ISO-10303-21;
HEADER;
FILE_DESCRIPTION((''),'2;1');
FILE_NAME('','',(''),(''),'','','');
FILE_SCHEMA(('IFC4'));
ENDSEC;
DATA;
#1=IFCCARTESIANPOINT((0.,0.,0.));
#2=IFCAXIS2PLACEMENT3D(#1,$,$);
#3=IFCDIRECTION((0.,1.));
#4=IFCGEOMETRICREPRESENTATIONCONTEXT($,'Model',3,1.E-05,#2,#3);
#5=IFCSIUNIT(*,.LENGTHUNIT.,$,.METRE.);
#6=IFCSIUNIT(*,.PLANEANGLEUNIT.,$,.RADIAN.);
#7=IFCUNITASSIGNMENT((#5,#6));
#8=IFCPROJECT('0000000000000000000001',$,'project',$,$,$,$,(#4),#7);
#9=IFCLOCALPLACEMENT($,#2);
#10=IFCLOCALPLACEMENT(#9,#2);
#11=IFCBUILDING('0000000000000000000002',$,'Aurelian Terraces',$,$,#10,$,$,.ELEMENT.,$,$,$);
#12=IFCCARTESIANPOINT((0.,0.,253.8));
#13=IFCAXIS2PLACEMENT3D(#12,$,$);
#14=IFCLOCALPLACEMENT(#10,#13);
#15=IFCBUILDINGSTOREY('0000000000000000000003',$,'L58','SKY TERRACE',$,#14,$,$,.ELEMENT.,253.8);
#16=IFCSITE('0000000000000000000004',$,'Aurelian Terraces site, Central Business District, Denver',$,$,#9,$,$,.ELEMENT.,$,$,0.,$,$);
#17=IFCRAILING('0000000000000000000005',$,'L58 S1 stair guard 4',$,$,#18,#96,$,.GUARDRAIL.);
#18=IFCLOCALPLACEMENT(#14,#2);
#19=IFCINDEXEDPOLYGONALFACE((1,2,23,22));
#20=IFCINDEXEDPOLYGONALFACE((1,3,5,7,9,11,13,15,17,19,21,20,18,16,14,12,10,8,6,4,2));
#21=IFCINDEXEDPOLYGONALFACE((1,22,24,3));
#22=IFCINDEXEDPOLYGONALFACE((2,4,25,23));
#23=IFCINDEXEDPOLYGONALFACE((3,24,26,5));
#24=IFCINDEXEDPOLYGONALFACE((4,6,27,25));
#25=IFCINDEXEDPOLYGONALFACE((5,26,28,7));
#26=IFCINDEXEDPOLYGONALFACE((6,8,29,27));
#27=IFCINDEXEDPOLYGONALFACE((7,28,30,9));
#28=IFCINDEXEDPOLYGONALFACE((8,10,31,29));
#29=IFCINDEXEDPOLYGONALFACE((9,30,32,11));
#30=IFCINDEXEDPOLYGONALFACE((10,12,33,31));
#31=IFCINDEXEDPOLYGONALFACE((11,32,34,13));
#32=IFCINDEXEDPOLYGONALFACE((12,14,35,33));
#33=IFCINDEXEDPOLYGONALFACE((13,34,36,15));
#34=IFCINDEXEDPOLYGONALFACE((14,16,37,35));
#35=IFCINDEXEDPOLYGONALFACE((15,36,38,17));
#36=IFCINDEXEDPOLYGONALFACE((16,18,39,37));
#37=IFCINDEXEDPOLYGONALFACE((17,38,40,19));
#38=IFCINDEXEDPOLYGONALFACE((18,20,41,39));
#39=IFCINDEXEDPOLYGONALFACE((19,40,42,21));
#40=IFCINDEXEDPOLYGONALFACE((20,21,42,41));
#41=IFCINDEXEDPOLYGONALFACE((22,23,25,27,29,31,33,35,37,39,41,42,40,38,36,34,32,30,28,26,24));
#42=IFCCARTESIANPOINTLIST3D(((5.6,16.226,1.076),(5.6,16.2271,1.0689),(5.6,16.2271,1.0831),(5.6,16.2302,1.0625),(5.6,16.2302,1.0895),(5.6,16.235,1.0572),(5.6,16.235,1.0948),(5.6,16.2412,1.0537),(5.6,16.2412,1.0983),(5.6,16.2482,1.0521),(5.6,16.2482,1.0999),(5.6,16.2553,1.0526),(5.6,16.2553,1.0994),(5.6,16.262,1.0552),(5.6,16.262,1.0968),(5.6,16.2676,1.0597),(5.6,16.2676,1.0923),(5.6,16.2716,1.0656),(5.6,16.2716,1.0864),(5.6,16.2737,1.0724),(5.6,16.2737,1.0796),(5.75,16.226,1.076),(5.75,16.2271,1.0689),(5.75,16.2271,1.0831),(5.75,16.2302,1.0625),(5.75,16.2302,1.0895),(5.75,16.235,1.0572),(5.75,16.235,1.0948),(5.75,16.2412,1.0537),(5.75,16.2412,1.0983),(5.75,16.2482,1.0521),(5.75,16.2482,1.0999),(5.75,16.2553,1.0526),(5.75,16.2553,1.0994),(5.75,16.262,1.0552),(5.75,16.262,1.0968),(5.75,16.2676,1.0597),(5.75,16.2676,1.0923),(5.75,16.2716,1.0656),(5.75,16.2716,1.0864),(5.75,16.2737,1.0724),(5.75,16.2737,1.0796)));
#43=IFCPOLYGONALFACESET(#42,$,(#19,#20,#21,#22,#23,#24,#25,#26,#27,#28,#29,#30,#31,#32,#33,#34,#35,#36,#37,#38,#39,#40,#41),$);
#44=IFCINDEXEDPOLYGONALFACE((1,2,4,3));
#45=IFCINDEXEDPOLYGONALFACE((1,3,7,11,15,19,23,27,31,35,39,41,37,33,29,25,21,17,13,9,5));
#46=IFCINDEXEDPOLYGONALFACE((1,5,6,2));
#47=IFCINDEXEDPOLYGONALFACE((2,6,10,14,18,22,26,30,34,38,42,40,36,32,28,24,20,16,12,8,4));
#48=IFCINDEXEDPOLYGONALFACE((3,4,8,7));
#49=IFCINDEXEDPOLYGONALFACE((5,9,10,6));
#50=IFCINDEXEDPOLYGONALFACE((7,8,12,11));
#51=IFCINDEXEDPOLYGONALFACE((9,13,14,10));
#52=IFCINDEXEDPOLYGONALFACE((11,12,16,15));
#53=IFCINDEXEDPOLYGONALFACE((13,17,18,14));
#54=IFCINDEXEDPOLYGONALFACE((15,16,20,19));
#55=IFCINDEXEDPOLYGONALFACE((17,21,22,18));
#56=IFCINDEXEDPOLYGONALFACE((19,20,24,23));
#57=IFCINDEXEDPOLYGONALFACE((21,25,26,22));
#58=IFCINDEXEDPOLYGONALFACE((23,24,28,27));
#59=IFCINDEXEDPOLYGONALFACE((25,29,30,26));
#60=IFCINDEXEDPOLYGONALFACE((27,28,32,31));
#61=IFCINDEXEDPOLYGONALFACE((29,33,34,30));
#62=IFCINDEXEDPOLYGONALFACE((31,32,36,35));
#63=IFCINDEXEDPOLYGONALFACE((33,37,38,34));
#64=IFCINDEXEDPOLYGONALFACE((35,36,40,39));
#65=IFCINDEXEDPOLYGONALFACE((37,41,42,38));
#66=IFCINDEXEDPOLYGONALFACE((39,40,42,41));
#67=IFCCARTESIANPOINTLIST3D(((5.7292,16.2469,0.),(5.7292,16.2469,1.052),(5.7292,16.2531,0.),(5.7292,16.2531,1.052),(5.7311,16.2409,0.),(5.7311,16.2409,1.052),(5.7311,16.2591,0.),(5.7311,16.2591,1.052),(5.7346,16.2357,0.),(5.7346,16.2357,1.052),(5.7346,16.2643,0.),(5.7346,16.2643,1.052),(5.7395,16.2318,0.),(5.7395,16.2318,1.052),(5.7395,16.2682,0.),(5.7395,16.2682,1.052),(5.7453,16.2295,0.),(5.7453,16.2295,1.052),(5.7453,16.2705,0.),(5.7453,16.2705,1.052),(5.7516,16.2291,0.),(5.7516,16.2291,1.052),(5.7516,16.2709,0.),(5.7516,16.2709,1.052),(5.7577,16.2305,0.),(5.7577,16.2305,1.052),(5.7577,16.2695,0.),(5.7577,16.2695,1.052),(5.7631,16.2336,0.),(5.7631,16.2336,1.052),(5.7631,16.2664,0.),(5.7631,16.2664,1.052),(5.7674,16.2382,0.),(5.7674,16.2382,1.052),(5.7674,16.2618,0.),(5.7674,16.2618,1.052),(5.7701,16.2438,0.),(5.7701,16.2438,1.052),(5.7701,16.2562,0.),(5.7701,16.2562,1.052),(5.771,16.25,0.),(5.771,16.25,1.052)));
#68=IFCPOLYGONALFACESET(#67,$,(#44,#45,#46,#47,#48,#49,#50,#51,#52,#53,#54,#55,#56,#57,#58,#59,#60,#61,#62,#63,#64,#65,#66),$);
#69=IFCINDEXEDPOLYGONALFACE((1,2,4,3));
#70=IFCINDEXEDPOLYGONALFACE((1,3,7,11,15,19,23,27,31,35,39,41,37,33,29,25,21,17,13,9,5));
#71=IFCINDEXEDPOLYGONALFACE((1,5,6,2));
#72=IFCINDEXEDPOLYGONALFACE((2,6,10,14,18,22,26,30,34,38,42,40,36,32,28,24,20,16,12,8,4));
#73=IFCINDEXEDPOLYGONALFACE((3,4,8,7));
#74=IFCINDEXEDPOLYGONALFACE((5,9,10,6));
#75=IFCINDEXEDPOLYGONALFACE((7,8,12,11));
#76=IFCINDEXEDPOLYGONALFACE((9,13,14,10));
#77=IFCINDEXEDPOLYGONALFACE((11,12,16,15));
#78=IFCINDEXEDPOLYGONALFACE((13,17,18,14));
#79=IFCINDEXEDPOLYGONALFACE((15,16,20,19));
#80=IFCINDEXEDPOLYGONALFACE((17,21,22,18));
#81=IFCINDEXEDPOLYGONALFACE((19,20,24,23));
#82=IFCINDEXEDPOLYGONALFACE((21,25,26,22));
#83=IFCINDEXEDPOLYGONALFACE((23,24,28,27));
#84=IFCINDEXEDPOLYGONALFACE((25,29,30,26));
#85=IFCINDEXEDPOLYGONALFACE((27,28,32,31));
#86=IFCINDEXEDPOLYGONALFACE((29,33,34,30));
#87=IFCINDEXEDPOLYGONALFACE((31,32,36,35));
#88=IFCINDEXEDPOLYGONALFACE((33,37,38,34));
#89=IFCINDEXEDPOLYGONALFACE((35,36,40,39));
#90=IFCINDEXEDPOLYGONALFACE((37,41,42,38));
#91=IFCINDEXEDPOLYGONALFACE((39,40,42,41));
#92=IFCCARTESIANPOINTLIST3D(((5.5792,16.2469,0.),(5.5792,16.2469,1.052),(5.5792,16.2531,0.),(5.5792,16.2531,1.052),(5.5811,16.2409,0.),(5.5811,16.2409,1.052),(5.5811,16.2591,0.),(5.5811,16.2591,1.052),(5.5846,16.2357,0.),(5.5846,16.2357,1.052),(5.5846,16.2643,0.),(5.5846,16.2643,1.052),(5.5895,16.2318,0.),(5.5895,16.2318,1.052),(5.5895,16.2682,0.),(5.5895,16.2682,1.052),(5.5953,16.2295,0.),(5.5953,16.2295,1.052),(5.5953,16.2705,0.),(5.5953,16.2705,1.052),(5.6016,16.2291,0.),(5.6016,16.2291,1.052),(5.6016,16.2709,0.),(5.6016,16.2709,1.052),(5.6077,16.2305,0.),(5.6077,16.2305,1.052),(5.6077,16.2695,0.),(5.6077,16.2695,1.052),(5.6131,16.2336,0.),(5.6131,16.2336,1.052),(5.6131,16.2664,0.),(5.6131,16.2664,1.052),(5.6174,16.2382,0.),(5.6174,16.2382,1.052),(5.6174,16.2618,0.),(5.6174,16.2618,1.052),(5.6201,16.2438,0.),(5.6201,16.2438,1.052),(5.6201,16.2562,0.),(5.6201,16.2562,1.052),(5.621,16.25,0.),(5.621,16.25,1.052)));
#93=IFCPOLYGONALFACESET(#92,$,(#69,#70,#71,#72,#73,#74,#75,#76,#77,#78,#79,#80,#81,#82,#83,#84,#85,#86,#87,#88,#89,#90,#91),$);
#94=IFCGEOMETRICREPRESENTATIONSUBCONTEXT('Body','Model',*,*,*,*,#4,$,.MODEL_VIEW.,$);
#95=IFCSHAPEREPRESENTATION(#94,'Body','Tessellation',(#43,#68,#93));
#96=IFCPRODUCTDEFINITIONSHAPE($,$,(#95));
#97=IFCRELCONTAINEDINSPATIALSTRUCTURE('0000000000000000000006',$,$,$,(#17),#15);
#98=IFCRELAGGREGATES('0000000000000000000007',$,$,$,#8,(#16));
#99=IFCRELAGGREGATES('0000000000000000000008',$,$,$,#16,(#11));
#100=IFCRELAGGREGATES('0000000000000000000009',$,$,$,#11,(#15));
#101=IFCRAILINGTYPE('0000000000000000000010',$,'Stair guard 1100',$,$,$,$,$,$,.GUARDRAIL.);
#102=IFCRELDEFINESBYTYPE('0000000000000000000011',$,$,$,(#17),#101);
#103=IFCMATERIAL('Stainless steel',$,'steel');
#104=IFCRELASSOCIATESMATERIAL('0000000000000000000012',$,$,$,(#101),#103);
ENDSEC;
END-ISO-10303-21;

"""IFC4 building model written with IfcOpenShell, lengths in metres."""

from ifc_helpers import new_model, si_unit, direction, frame, origin, origin_2d, place, context, subcontext, project, spatial, circle, extrude, source, transform, mapped, material, type_object, element, save


model = new_model("IFC4")

# Units and contexts
model_context = context("Model", 3, precision=1e-05, world=origin(), true_north=direction((0.0, 1.0)))
body_context = subcontext(model_context, "Body", "Model", "MODEL_VIEW")
ifc_project = project(units=[si_unit("LENGTHUNIT", "METRE"), si_unit("PLANEANGLEUNIT", "RADIAN")], contexts=[model_context])

# Site, building, storey
site_placement = place(None, origin())
site = spatial("IfcSite", under=ifc_project, at=site_placement, Name="Aurelian Terraces site, Central Business District, Denver", CompositionType="ELEMENT", RefElevation=0.0)
building_placement = place(site_placement, origin())
building = spatial("IfcBuilding", under=site, at=building_placement, Name="Aurelian Terraces", CompositionType="ELEMENT")
storey_placement = place(building_placement, frame((0.0, 0.0, 253.8)))
storey = spatial("IfcBuildingStorey", under=building, at=storey_placement, Name="L58", Description="SKY TERRACE", CompositionType="ELEMENT", Elevation=253.8)

# Shared definitions
ifc_material_1 = material(Name="Stainless steel", Category="steel")

# Railing
railing_type_1 = type_object("IfcRailingType", Name="Stair guard 1100", PredefinedType="GUARDRAIL", material=ifc_material_1)
shared_shape_1 = source(origin(), body_context, "Body", "SweptSolid", [
    extrude(circle(Radius=0.024, at=origin_2d()), frame((0.0, 0.0, 1.076), z_axis=(-1.0, 0.0, 0.0), x_axis=(0.0, -1.0, 0.0)), (0.0, 0.0, 1.0), 0.15),
    extrude(circle(Radius=0.021, at=origin_2d()), origin(), (0.0, 0.0, 1.0), 1.052),
    extrude(circle(Radius=0.021, at=origin_2d()), frame((-0.15, 0.0, 0.0)), (0.0, 0.0, 1.0), 1.052),
])
railing_1_placement = place(storey_placement, frame((5.75, 16.25, 0.0)))
element("IfcRailing", 1, at=railing_1_placement, inside=storey, type_object=railing_type_1, Name="L58 S1 stair guard 4", PredefinedType="GUARDRAIL", context=body_context, shape_type="MappedRepresentation", body=[
    mapped(shared_shape_1, transform((0.0, 0.0, 0.0), scale=1.0)),
])

save(model, "model.ifc")
